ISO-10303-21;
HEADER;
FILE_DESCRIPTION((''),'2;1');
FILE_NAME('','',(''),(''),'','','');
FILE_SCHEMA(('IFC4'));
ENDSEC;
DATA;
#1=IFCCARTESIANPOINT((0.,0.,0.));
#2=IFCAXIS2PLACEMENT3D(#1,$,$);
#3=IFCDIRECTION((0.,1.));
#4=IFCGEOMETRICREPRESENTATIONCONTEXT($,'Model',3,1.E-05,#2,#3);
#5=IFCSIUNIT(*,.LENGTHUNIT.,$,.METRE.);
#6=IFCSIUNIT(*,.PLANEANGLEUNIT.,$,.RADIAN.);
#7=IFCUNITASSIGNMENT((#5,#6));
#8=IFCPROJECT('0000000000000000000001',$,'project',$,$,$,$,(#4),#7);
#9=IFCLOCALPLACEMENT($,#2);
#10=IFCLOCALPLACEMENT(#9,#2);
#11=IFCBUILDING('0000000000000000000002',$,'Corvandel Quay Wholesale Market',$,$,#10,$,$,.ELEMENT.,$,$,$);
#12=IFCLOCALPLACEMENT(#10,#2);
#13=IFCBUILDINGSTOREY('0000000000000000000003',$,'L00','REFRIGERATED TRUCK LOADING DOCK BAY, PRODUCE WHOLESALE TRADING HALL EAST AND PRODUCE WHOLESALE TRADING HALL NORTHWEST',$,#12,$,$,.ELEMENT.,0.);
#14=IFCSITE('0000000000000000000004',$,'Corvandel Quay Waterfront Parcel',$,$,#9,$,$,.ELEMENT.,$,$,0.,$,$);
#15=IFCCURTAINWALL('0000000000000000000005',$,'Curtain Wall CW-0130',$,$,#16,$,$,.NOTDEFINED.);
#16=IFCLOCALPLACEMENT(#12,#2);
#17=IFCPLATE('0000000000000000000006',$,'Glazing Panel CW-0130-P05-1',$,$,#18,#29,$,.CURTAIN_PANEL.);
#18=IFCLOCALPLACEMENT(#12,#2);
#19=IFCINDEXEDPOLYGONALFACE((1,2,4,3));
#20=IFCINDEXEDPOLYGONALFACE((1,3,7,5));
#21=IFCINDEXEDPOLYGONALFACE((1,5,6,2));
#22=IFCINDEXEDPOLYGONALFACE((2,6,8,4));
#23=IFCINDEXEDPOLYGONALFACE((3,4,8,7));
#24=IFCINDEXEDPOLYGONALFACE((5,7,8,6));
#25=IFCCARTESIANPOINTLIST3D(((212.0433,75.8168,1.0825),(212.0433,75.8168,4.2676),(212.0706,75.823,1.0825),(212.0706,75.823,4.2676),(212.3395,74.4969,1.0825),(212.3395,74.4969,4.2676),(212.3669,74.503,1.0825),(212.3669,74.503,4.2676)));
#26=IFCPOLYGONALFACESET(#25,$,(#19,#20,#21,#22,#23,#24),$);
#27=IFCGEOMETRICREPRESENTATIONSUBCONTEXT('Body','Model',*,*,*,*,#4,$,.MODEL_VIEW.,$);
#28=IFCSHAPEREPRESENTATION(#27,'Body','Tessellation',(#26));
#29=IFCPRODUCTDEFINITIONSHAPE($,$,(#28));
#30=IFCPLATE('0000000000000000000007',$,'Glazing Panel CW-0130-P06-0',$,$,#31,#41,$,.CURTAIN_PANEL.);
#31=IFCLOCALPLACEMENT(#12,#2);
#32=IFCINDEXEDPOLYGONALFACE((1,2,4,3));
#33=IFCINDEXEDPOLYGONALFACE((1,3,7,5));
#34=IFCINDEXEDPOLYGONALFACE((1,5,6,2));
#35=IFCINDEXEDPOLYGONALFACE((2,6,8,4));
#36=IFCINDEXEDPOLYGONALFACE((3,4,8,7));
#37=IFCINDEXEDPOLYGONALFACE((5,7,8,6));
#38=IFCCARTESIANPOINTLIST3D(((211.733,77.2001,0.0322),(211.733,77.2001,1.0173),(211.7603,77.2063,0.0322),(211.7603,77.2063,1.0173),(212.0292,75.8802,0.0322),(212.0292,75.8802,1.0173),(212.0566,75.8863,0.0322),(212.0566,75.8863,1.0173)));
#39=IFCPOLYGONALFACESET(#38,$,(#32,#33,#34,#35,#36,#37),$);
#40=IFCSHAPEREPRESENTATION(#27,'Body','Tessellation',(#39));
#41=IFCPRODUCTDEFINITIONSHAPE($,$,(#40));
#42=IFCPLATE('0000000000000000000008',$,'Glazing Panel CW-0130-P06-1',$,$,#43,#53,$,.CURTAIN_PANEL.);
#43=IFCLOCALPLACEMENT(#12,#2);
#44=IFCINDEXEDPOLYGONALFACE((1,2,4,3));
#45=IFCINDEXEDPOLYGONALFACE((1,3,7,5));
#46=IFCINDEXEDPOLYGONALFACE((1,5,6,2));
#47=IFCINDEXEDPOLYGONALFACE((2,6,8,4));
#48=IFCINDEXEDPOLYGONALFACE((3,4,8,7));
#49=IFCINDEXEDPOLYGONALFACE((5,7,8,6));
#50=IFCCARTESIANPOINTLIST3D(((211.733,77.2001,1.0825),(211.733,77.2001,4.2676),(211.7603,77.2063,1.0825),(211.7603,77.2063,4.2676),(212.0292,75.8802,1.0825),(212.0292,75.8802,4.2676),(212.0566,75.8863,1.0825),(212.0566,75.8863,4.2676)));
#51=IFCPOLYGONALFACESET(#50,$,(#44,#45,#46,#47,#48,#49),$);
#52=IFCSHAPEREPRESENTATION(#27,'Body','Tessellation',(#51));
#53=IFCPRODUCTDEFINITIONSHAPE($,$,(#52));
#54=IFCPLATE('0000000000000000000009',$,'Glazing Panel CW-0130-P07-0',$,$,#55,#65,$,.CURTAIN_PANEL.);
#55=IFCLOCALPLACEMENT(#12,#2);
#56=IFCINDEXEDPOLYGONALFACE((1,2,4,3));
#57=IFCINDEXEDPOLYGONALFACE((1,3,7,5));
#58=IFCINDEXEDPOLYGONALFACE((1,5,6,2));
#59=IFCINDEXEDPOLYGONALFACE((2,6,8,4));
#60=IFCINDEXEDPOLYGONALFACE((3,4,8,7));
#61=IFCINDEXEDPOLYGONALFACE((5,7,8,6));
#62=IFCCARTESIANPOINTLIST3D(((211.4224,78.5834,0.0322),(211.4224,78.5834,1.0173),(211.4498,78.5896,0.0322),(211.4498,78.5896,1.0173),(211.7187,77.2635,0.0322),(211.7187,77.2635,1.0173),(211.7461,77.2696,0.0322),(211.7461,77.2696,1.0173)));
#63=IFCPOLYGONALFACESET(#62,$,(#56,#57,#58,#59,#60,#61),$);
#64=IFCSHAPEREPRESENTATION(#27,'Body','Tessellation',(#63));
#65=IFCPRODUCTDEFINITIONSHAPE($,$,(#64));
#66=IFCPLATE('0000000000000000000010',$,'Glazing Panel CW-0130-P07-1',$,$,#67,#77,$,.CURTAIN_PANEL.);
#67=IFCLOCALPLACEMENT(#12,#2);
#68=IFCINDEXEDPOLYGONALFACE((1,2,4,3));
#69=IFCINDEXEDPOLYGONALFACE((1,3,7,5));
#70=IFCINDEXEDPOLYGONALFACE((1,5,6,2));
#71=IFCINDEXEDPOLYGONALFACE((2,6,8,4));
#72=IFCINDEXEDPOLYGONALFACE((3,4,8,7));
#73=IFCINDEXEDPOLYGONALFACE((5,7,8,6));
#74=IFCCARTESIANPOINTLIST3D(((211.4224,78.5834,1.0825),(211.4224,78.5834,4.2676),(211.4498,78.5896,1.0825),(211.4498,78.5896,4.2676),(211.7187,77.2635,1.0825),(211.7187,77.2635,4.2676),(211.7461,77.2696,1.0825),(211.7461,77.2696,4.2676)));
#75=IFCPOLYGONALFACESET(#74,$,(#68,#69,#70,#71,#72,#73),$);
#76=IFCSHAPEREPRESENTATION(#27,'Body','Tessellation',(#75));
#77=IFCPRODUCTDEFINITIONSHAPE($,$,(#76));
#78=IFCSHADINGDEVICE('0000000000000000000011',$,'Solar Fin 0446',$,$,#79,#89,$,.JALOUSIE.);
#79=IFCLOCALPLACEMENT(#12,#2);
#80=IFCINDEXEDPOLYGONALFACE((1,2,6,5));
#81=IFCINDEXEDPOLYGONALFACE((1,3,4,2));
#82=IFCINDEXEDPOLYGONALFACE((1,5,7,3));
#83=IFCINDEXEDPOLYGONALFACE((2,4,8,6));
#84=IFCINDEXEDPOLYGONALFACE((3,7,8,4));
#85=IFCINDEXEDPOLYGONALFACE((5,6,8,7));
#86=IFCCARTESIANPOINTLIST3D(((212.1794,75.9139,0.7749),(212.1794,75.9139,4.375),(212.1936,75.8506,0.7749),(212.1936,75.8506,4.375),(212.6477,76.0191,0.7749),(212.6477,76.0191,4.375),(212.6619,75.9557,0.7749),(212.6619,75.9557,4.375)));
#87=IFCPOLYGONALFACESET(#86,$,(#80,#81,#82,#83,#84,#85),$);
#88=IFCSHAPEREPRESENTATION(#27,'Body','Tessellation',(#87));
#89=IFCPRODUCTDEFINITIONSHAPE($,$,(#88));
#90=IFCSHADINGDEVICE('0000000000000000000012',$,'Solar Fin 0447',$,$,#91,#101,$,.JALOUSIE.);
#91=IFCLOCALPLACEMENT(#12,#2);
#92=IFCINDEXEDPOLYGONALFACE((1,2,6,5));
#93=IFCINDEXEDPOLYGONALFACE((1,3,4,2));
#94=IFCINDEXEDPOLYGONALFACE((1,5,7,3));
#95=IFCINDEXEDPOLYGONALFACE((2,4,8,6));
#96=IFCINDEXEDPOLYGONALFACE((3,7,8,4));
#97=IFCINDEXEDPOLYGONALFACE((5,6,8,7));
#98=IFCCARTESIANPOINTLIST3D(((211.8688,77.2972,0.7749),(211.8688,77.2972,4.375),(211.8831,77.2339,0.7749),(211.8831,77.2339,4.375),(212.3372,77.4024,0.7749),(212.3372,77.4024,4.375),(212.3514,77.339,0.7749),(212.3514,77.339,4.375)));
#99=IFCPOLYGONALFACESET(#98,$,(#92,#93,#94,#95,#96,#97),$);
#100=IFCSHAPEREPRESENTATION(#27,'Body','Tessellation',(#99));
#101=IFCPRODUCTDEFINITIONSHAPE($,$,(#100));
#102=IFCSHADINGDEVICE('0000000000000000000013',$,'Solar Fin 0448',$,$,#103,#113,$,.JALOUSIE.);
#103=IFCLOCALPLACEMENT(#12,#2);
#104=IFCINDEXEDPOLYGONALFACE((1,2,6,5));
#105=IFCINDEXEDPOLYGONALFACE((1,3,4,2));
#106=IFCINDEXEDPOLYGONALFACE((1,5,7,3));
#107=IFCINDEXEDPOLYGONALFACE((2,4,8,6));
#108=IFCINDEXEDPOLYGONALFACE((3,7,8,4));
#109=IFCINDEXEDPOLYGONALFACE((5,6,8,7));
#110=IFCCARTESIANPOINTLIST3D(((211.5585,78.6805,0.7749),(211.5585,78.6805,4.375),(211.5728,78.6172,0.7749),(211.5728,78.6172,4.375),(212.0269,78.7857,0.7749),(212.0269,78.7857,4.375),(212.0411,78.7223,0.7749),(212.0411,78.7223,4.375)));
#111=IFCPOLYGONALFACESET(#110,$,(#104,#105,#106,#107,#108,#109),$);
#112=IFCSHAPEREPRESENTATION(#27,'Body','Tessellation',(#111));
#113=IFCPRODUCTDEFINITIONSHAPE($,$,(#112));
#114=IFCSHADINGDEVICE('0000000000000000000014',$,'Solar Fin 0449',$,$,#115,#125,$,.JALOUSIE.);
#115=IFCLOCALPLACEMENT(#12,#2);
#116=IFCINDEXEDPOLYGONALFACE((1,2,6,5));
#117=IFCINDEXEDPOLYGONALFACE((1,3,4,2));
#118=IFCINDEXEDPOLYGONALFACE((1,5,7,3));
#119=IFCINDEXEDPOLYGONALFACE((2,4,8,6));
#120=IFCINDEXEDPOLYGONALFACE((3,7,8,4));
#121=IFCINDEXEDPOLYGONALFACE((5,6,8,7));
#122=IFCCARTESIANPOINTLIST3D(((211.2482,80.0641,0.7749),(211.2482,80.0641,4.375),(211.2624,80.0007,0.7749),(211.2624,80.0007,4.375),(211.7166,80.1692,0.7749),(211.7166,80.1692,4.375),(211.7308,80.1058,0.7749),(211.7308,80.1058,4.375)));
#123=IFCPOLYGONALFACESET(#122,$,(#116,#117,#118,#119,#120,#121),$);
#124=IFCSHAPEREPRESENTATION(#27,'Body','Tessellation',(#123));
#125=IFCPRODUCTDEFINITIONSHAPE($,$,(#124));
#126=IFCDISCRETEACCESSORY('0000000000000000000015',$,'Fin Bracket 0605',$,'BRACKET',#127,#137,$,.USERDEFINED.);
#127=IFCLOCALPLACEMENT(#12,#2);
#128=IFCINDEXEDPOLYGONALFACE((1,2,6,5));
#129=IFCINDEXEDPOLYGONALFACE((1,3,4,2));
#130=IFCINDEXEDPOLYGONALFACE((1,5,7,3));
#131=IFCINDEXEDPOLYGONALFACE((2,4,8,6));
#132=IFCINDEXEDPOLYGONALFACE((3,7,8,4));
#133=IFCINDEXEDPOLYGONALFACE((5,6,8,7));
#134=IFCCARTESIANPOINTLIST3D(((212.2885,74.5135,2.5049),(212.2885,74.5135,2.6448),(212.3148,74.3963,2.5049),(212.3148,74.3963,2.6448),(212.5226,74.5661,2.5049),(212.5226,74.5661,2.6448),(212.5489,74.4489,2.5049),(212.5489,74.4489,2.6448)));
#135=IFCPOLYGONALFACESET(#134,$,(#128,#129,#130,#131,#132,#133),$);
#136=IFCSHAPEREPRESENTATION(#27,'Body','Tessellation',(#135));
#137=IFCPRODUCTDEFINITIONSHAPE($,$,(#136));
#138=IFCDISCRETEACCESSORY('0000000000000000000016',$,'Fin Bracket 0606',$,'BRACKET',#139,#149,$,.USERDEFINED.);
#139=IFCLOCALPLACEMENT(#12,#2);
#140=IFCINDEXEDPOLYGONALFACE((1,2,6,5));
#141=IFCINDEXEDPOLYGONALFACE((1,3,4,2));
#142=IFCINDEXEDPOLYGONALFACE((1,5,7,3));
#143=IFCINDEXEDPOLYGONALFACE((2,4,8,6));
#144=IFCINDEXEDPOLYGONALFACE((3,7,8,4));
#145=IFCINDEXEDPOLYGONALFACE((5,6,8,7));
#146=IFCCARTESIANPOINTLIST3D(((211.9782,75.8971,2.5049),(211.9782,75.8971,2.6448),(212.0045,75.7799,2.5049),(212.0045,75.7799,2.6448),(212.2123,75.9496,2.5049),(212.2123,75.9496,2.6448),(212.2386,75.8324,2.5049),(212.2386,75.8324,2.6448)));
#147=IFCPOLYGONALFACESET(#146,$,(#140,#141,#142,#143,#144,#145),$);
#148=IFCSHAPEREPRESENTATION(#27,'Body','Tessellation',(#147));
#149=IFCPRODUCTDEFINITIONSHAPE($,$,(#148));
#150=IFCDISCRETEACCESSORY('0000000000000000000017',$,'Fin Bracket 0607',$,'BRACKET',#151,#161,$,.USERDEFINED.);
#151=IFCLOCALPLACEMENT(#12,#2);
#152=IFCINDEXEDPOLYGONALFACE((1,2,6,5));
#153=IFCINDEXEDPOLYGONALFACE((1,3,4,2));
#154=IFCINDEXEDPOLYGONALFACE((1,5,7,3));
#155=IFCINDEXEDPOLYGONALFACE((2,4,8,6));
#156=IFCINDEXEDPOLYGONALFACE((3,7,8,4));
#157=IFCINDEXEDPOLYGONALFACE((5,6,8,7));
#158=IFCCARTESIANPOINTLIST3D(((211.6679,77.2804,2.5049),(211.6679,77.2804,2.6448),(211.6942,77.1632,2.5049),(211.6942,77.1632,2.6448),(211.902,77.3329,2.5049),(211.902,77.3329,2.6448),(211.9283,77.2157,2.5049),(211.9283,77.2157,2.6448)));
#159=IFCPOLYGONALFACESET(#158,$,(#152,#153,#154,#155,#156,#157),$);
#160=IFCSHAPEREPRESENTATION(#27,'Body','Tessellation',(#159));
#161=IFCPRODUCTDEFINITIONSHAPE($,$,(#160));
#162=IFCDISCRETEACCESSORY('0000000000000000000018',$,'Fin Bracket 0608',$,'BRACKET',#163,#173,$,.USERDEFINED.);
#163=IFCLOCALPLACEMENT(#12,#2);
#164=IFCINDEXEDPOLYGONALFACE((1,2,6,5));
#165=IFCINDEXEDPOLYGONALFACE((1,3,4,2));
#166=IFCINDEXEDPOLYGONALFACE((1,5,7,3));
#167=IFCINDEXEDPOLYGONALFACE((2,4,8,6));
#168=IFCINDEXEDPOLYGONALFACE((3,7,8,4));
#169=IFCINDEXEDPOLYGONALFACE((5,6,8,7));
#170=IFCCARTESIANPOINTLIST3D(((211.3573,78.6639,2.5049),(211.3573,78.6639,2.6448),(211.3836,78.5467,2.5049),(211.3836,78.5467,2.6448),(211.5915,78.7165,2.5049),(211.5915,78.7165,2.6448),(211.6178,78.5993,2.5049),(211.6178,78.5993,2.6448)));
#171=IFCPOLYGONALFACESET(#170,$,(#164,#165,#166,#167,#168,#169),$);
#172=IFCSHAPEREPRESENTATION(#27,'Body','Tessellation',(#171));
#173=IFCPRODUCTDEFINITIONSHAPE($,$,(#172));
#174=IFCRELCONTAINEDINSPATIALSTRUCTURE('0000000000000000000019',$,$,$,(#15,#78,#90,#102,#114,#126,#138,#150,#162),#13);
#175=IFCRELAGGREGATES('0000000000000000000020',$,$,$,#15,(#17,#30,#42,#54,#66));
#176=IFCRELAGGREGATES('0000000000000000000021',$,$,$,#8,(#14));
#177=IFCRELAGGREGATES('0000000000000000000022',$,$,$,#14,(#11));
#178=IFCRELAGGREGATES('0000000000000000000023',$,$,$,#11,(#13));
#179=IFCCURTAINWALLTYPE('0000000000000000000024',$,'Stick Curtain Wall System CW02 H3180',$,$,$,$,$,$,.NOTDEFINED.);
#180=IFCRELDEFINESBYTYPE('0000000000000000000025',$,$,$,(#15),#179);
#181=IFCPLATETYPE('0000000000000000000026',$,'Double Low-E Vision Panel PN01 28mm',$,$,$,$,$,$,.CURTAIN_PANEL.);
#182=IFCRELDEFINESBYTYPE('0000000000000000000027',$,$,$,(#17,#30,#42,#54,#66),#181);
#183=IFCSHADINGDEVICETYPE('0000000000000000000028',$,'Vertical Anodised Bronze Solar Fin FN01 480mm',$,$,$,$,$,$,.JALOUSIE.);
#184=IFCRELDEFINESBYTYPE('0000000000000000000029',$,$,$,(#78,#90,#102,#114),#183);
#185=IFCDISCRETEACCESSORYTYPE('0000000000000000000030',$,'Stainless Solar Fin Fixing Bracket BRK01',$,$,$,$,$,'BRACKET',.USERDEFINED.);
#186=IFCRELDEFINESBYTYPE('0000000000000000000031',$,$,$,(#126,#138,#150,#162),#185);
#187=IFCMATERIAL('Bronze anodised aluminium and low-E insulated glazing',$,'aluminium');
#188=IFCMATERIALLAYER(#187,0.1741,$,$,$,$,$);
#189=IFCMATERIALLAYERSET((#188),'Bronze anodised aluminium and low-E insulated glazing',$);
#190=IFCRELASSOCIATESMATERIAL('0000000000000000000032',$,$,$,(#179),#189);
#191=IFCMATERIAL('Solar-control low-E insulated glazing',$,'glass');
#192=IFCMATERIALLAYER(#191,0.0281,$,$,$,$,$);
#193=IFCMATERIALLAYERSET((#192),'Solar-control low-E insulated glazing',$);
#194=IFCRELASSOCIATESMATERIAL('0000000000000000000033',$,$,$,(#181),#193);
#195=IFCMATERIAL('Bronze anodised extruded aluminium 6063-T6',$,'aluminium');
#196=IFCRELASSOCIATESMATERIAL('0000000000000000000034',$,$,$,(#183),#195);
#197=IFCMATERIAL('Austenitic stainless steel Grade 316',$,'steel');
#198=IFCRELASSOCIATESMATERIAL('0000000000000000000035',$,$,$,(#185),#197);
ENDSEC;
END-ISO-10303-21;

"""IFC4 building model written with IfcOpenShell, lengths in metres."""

from ifc_helpers import new_model, si_unit, direction, frame, origin, origin_2d, place, context, subcontext, project, spatial, rectangle, extrude, material, layer, layer_set, type_object, element, aggregate, save


model = new_model("IFC4")

# Units and contexts
model_context = context("Model", 3, precision=1e-05, world=origin(), true_north=direction((0.0, 1.0)))
body_context = subcontext(model_context, "Body", "Model", "MODEL_VIEW")
ifc_project = project(units=[si_unit("LENGTHUNIT", "METRE"), si_unit("PLANEANGLEUNIT", "RADIAN")], contexts=[model_context])

# Site, building, storey
site_placement = place(None, origin())
site = spatial("IfcSite", under=ifc_project, at=site_placement, Name="Corvandel Quay Waterfront Parcel", CompositionType="ELEMENT", RefElevation=0.0)
building_placement = place(site_placement, origin())
building = spatial("IfcBuilding", under=site, at=building_placement, Name="Corvandel Quay Wholesale Market", CompositionType="ELEMENT")
storey_placement = place(building_placement, origin())
storey = spatial("IfcBuildingStorey", under=building, at=storey_placement, Name="L00", Description="REFRIGERATED TRUCK LOADING DOCK BAY, PRODUCE WHOLESALE TRADING HALL EAST AND PRODUCE WHOLESALE TRADING HALL NORTHWEST", CompositionType="ELEMENT", Elevation=0.0)

# Curtain wall, plates
ifc_material_1 = material(Name="Bronze anodised aluminium and low-E insulated glazing", Category="aluminium")
ifc_layer_1 = layer(ifc_material_1, 0.1741)
ifc_layer_set_1 = layer_set([ifc_layer_1], Name="Bronze anodised aluminium and low-E insulated glazing")
curtain_wall_type = type_object("IfcCurtainWallType", Name="Stick Curtain Wall System CW02 H3180", PredefinedType="NOTDEFINED", material=ifc_layer_set_1)
curtain_wall_placement = place(storey_placement, origin())
curtain_wall = element("IfcCurtainWall", 1, at=curtain_wall_placement, inside=storey, type_object=curtain_wall_type, Name="Curtain Wall CW-0130", PredefinedType="NOTDEFINED")
ifc_material_2 = material(Name="Solar-control low-E insulated glazing", Category="glass")
ifc_layer_2 = layer(ifc_material_2, 0.0281)
ifc_layer_set_2 = layer_set([ifc_layer_2], Name="Solar-control low-E insulated glazing")
plate_type_1 = type_object("IfcPlateType", Name="Double Low-E Vision Panel PN01 28mm", PredefinedType="CURTAIN_PANEL", material=ifc_layer_set_2)
plate_1_placement = place(storey_placement, frame((212.2051, 75.1599, 1.0825), z_axis=(0.0, 0.0, 1.0), x_axis=(-0.218995, 0.975726, 0.0)))
plate_1 = element("IfcPlate", 2, at=plate_1_placement, type_object=plate_type_1, Name="Glazing Panel CW-0130-P05-1", PredefinedType="CURTAIN_PANEL", context=body_context, shape_type="SweptSolid", body=[
    extrude(rectangle(XDim=1.3528, YDim=0.0281, at=origin_2d()), origin(), (0.0, 0.0, 1.0), 3.1851),
])
plate_2_placement = place(storey_placement, frame((211.8948, 76.5432, 0.0322), z_axis=(0.0, 0.0, 1.0), x_axis=(-0.218995, 0.975726, 0.0)))
plate_2 = element("IfcPlate", 3, at=plate_2_placement, type_object=plate_type_1, Name="Glazing Panel CW-0130-P06-0", PredefinedType="CURTAIN_PANEL", context=body_context, shape_type="SweptSolid", body=[
    extrude(rectangle(XDim=1.3528, YDim=0.0281, at=origin_2d()), origin(), (0.0, 0.0, 1.0), 0.9851),
])
plate_3_placement = place(storey_placement, frame((211.8948, 76.5432, 1.0825), z_axis=(0.0, 0.0, 1.0), x_axis=(-0.218995, 0.975726, 0.0)))
plate_3 = element("IfcPlate", 4, at=plate_3_placement, type_object=plate_type_1, Name="Glazing Panel CW-0130-P06-1", PredefinedType="CURTAIN_PANEL", context=body_context, shape_type="SweptSolid", body=[
    extrude(rectangle(XDim=1.3528, YDim=0.0281, at=origin_2d()), origin(), (0.0, 0.0, 1.0), 3.1851),
])
plate_4_placement = place(storey_placement, frame((211.5842, 77.9265, 0.0322), z_axis=(0.0, 0.0, 1.0), x_axis=(-0.218995, 0.975726, 0.0)))
plate_4 = element("IfcPlate", 5, at=plate_4_placement, type_object=plate_type_1, Name="Glazing Panel CW-0130-P07-0", PredefinedType="CURTAIN_PANEL", context=body_context, shape_type="SweptSolid", body=[
    extrude(rectangle(XDim=1.3528, YDim=0.0281, at=origin_2d()), origin(), (0.0, 0.0, 1.0), 0.9851),
])
plate_5_placement = place(storey_placement, frame((211.5842, 77.9265, 1.0825), z_axis=(0.0, 0.0, 1.0), x_axis=(-0.218995, 0.975726, 0.0)))
plate_5 = element("IfcPlate", 6, at=plate_5_placement, type_object=plate_type_1, Name="Glazing Panel CW-0130-P07-1", PredefinedType="CURTAIN_PANEL", context=body_context, shape_type="SweptSolid", body=[
    extrude(rectangle(XDim=1.3528, YDim=0.0281, at=origin_2d()), origin(), (0.0, 0.0, 1.0), 3.1851),
])
aggregate(curtain_wall, [plate_1, plate_2, plate_3, plate_4, plate_5])

# Shading devices
ifc_material_3 = material(Name="Bronze anodised extruded aluminium 6063-T6", Category="aluminium")
shading_device_type = type_object("IfcShadingDeviceType", Name="Vertical Anodised Bronze Solar Fin FN01 480mm", PredefinedType="JALOUSIE", material=ifc_material_3)
for number, where, z_axis, x_axis, name in (
    (7, (212.4207, 75.9348, 0.7749), (0.0, 0.0, 1.0), (0.975726, 0.218995, 0.0), "Solar Fin 0446"),
    (8, (212.1101, 77.3181, 0.7749), (0.0, 0.0, 1.0), (0.975726, 0.218995, 0.0), "Solar Fin 0447"),
    (9, (211.7998, 78.7014, 0.7749), (0.0, 0.0, 1.0), (0.975726, 0.218995, 0.0), "Solar Fin 0448"),
    (10, (211.4895, 80.085, 0.7749), (0.0, 0.0, 1.0), (0.975726, 0.218995, 0.0), "Solar Fin 0449"),
):
    element("IfcShadingDevice", number, at=place(storey_placement, frame(where, z_axis=z_axis, x_axis=x_axis)), inside=storey, type_object=shading_device_type, Name=name, PredefinedType="JALOUSIE", context=body_context, shape_type="SweptSolid", body=[
        extrude(rectangle(XDim=0.48, YDim=0.0649, at=origin_2d()), origin(), (0.0, 0.0, 1.0), 3.6001),
    ])

# Discrete accessories
ifc_material_4 = material(Name="Austenitic stainless steel Grade 316", Category="steel")
discrete_accessory_type = type_object("IfcDiscreteAccessoryType", Name="Stainless Solar Fin Fixing Bracket BRK01", ElementType="BRACKET", PredefinedType="USERDEFINED", material=ifc_material_4)
for number, where, z_axis, x_axis, name in (
    (11, (212.4187, 74.4812, 2.5049), (0.0, 0.0, 1.0), (0.975726, 0.218995, 0.0), "Fin Bracket 0605"),
    (12, (212.1084, 75.8647, 2.5049), (0.0, 0.0, 1.0), (0.975726, 0.218995, 0.0), "Fin Bracket 0606"),
    (13, (211.7981, 77.248, 2.5049), (0.0, 0.0, 1.0), (0.975726, 0.218995, 0.0), "Fin Bracket 0607"),
    (14, (211.4875, 78.6316, 2.5049), (0.0, 0.0, 1.0), (0.975726, 0.218995, 0.0), "Fin Bracket 0608"),
):
    element("IfcDiscreteAccessory", number, at=place(storey_placement, frame(where, z_axis=z_axis, x_axis=x_axis)), inside=storey, type_object=discrete_accessory_type, Name=name, ObjectType="BRACKET", PredefinedType="USERDEFINED", context=body_context, shape_type="SweptSolid", body=[
        extrude(rectangle(XDim=0.24, YDim=0.1201, at=origin_2d()), origin(), (0.0, 0.0, 1.0), 0.1399),
    ])

save(model, "model.ifc")
